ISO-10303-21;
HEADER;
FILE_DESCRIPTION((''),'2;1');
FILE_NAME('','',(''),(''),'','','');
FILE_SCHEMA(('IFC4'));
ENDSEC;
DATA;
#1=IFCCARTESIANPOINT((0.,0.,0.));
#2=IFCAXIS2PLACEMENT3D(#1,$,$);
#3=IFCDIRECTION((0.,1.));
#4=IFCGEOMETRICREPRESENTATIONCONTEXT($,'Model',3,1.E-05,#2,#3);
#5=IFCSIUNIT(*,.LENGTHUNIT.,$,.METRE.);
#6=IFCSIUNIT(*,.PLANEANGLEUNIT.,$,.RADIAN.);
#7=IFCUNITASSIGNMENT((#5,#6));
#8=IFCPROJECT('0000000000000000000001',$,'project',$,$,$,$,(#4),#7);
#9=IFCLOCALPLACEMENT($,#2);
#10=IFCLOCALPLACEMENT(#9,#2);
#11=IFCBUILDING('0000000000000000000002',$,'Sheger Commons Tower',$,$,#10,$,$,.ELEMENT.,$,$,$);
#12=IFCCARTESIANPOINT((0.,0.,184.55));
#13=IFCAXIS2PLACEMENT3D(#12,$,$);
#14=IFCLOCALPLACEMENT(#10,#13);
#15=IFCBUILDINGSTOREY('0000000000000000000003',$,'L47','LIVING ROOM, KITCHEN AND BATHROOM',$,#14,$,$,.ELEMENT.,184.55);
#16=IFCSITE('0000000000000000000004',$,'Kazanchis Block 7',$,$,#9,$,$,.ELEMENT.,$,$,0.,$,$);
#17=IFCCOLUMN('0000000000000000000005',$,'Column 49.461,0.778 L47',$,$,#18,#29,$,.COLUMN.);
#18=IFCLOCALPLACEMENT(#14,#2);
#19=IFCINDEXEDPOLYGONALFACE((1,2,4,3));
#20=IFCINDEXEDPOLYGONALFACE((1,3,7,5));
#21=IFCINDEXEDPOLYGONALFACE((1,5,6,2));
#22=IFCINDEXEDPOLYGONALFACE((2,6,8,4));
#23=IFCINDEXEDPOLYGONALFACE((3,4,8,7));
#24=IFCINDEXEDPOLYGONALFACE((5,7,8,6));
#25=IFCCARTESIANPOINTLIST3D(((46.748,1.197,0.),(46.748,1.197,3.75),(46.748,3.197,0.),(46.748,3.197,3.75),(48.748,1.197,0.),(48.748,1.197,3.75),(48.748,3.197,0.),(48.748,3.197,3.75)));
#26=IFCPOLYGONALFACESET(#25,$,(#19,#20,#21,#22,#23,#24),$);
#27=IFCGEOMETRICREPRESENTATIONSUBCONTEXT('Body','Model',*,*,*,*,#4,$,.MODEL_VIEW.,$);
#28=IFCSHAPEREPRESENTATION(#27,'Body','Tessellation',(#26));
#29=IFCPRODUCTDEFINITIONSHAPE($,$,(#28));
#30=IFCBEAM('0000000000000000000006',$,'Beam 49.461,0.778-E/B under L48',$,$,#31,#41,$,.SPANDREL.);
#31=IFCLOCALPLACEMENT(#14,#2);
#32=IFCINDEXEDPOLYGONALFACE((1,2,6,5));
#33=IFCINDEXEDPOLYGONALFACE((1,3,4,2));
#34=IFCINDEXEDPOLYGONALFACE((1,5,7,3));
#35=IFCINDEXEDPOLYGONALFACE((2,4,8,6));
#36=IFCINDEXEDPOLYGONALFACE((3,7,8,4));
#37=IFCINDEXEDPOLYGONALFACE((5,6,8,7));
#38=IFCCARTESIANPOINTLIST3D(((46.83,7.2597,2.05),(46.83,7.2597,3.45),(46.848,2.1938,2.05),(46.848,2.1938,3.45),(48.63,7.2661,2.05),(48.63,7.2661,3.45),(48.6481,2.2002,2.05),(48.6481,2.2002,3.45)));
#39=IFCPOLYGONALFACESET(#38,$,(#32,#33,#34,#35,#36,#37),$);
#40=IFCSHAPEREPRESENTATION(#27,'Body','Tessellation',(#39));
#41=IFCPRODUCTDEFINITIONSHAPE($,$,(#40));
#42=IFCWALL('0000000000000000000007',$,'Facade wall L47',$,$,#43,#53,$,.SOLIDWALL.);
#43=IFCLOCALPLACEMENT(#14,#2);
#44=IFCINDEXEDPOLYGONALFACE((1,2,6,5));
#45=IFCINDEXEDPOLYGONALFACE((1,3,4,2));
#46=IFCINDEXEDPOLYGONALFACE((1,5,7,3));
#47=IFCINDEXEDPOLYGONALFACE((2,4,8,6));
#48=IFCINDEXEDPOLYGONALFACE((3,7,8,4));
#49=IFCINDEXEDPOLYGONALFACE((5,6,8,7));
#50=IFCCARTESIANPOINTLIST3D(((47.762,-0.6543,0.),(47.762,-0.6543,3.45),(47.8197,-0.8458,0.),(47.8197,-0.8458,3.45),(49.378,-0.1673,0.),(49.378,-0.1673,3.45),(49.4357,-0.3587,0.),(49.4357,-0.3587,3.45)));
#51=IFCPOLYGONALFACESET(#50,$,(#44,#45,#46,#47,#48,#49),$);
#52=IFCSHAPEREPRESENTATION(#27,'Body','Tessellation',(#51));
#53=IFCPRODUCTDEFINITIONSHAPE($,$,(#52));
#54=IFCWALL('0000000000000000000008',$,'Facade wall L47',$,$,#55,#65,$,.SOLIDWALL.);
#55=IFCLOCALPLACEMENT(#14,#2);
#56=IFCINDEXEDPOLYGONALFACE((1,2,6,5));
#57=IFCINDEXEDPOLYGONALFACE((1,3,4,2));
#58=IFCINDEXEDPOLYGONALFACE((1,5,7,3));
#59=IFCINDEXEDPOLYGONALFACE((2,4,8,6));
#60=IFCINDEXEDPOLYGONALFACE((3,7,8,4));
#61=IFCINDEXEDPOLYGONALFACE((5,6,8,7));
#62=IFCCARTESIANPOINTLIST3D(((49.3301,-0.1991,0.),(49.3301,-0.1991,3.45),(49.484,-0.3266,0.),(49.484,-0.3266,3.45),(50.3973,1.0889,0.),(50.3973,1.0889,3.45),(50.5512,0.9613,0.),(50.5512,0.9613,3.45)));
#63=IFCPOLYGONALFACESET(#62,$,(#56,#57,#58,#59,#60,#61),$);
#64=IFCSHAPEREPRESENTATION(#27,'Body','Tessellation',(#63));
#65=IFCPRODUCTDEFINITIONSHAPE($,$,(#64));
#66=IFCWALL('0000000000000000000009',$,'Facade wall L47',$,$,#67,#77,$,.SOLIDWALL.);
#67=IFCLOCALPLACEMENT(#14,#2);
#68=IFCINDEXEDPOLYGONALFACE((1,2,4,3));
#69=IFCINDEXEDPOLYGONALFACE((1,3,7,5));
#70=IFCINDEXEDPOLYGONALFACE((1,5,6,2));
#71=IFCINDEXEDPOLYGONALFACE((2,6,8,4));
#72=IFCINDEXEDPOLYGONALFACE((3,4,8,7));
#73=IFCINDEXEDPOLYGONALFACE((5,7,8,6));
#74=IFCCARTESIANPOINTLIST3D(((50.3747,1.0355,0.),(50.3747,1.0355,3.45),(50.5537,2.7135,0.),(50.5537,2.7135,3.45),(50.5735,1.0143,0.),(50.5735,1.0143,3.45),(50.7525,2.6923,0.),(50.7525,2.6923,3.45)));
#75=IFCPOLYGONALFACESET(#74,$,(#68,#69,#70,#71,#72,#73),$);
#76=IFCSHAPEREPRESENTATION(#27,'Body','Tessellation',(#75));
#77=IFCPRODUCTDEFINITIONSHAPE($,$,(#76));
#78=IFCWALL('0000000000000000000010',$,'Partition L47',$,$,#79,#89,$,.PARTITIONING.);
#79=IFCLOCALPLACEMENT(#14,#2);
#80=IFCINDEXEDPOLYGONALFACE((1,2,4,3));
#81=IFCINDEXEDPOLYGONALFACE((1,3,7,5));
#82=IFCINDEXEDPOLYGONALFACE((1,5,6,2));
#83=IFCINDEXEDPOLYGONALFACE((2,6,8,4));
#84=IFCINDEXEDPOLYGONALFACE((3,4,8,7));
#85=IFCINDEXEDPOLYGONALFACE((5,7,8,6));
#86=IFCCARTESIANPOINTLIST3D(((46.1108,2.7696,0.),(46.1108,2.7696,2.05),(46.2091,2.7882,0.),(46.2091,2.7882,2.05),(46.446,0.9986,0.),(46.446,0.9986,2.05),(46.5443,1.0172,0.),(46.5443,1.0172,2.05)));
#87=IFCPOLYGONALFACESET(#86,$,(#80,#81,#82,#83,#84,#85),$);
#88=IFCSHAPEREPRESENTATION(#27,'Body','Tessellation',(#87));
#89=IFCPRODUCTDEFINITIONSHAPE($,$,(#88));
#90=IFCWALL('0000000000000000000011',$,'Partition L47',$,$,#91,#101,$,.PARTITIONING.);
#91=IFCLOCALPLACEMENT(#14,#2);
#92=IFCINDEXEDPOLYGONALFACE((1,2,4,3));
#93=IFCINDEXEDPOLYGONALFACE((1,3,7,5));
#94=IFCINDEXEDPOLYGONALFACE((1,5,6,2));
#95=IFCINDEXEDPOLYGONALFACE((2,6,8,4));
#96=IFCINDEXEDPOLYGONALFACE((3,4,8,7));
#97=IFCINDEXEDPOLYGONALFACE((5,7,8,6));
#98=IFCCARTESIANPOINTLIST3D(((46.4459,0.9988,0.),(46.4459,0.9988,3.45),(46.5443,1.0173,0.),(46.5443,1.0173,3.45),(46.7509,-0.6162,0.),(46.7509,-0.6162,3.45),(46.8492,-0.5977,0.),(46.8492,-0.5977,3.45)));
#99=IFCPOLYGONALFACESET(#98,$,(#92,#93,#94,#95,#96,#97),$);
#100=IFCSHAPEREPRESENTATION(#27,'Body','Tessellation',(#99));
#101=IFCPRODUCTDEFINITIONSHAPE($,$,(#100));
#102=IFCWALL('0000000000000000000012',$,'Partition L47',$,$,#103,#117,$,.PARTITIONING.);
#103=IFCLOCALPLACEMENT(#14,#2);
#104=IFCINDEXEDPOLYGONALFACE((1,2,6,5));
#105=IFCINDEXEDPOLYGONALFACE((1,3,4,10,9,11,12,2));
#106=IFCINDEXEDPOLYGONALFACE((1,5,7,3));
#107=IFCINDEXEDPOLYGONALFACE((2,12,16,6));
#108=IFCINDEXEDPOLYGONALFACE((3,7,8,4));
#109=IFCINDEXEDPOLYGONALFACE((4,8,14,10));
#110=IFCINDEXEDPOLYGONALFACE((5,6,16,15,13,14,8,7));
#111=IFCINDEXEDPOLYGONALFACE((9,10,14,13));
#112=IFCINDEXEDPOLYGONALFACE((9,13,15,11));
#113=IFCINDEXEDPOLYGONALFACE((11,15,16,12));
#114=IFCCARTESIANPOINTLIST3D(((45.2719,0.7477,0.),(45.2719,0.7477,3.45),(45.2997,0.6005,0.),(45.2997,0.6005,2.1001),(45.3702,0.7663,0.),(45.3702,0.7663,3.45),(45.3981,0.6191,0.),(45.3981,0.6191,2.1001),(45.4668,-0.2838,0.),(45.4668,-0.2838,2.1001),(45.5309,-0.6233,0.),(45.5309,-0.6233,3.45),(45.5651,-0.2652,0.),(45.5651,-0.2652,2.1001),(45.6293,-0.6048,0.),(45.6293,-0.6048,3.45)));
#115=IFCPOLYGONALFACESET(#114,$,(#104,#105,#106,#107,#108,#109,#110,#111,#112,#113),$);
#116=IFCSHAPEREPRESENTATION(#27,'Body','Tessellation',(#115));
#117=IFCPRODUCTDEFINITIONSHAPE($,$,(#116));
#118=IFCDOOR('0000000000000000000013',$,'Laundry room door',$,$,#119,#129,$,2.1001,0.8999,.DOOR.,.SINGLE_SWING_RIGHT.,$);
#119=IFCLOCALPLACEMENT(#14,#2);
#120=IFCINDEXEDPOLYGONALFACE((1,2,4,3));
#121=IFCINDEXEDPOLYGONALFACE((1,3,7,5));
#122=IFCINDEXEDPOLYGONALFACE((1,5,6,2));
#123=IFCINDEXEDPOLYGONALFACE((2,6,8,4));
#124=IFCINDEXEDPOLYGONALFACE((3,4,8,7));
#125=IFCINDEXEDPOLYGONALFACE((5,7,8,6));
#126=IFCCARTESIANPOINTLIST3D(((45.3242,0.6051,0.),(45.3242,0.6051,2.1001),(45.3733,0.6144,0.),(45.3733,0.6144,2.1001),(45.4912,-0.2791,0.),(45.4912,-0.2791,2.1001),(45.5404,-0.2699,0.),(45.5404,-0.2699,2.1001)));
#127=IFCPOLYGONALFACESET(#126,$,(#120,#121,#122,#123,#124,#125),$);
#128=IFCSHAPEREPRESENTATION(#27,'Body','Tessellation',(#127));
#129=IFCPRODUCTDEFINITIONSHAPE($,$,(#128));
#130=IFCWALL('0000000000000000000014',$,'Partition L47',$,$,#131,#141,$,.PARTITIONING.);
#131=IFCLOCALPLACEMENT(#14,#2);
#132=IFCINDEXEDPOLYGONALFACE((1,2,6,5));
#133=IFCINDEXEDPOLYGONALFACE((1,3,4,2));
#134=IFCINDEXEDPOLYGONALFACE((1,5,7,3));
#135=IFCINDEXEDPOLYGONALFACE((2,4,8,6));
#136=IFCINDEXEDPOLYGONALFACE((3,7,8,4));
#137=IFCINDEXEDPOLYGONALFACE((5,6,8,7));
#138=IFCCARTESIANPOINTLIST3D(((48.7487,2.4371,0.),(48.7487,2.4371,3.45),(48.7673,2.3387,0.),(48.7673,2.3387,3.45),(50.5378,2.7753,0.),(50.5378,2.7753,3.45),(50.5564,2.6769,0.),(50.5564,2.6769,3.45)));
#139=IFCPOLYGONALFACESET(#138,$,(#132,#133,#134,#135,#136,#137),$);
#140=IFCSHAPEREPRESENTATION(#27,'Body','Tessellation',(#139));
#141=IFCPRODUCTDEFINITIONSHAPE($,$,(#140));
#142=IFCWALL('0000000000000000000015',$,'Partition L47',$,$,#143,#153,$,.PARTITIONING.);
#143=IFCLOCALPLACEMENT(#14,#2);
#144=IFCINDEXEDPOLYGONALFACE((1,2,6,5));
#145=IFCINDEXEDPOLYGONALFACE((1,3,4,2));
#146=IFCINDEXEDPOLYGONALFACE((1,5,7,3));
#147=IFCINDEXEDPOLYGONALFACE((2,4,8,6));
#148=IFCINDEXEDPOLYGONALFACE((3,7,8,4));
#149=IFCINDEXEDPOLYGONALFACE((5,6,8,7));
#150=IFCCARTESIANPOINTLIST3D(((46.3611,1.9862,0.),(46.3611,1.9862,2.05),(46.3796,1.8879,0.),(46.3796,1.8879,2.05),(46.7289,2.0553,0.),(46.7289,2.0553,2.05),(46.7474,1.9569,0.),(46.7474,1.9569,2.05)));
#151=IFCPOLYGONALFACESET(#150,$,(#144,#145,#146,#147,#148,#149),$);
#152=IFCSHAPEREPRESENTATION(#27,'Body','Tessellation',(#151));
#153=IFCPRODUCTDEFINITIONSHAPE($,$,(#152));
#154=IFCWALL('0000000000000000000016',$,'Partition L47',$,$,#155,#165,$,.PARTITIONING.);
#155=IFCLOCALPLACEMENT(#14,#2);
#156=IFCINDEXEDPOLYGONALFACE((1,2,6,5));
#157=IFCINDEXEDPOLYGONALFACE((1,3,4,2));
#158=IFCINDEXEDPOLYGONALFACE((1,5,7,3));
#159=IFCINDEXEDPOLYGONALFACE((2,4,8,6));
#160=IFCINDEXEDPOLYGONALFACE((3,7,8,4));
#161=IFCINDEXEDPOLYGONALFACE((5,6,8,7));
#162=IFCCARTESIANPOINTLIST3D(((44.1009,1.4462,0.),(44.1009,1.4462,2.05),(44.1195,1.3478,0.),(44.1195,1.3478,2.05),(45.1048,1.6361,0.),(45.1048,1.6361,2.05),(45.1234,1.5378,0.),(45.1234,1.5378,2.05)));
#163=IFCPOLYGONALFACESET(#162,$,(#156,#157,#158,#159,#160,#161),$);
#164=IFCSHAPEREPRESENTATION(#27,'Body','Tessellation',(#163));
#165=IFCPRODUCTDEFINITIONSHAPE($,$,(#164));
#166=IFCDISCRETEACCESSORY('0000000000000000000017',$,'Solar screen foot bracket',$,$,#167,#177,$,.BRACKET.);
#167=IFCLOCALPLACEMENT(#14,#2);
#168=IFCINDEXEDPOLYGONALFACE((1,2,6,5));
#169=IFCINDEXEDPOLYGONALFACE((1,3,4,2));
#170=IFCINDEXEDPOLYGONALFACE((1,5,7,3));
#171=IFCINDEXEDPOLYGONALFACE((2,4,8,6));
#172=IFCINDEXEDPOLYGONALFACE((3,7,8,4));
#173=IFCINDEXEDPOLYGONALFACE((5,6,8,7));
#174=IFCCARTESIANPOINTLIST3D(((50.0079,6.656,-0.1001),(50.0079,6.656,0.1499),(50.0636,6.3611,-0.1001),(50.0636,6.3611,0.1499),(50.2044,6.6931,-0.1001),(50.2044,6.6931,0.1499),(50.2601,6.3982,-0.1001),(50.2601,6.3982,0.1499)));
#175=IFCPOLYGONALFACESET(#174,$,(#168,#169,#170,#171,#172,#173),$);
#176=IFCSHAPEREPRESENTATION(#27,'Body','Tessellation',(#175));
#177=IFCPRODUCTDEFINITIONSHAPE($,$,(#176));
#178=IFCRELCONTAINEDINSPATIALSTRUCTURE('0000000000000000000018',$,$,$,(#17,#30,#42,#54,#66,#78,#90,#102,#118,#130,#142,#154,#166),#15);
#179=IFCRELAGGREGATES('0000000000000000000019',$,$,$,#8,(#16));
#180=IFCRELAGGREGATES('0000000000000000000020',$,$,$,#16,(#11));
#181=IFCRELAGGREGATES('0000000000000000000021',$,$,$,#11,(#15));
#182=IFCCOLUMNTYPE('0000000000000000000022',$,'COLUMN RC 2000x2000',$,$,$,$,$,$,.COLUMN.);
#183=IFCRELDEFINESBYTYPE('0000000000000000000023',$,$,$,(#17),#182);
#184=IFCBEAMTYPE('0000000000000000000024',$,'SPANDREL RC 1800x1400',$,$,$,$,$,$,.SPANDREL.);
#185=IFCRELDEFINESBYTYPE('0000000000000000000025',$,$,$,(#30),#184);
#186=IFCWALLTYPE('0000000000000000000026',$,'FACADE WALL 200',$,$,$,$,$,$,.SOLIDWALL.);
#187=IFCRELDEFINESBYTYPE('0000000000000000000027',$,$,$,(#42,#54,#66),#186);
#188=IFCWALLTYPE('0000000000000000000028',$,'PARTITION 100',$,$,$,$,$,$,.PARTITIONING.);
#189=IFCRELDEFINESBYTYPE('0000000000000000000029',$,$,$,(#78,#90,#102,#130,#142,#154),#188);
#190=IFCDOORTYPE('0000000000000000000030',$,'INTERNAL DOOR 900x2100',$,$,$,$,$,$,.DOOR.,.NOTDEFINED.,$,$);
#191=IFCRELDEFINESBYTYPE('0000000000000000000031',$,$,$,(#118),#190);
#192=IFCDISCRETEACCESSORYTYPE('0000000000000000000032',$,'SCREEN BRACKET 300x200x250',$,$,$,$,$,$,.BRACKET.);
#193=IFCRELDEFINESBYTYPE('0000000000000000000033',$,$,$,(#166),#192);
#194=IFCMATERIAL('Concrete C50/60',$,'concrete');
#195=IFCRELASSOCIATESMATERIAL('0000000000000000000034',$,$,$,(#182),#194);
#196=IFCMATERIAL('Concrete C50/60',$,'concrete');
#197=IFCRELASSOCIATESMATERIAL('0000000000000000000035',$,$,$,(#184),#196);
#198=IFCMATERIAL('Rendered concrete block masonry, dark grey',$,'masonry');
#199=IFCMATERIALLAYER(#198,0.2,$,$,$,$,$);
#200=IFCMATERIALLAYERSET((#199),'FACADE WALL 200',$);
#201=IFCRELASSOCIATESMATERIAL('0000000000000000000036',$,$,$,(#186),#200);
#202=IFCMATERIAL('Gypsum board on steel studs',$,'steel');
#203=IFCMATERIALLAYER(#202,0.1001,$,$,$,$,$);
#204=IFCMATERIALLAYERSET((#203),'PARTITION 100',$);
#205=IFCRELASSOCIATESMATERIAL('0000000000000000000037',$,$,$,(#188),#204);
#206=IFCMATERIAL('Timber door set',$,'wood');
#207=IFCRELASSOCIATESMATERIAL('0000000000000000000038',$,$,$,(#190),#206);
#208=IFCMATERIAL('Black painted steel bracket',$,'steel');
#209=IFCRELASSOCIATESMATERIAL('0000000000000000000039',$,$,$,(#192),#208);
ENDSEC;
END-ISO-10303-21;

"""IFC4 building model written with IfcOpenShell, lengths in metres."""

from ifc_helpers import new_model, si_unit, direction, frame, frame_2d, origin, origin_2d, place, context, subcontext, project, spatial, rectangle, extrude, material, layer, layer_set, material_profile, profile_set, type_object, element, fill, save


model = new_model("IFC4")

# Units and contexts
model_context = context("Model", 3, precision=1e-05, world=origin(), true_north=direction((0.0, 1.0)))
body_context = subcontext(model_context, "Body", "Model", "MODEL_VIEW")
ifc_project = project(units=[si_unit("LENGTHUNIT", "METRE"), si_unit("PLANEANGLEUNIT", "RADIAN")], contexts=[model_context])

# Site, building, storey
site_placement = place(None, origin())
site = spatial("IfcSite", under=ifc_project, at=site_placement, Name="Kazanchis Block 7", CompositionType="ELEMENT", RefElevation=0.0)
building_placement = place(site_placement, origin())
building = spatial("IfcBuilding", under=site, at=building_placement, Name="Sheger Commons Tower", CompositionType="ELEMENT")
storey_placement = place(building_placement, frame((0.0, 0.0, 184.55)))
storey = spatial("IfcBuildingStorey", under=building, at=storey_placement, Name="L47", Description="LIVING ROOM, KITCHEN AND BATHROOM", CompositionType="ELEMENT", Elevation=184.55)

# Column
ifc_material_1 = material(Name="Concrete C50/60", Category="concrete")
ifc_material_profile_1 = material_profile(ifc_material_1, rectangle(XDim=2.0, YDim=2.0, at=origin_2d()), Name="RC 2000x2000")
ifc_profile_set_1 = profile_set([ifc_material_profile_1], Name="Concrete C50/60")
column_type = type_object("IfcColumnType", Name="COLUMN RC 2000x2000", PredefinedType="COLUMN", material=ifc_profile_set_1)
column_placement = place(storey_placement, frame((47.748, 2.197, 0.0), z_axis=(0.0, 0.0, 1.0), x_axis=(1.0, 0.0, 0.0)))
element("IfcColumn", 1, at=column_placement, inside=storey, type_object=column_type, Name="Column 49.461,0.778 L47", PredefinedType="COLUMN", context=body_context, shape_type="SweptSolid", body=[
    extrude(rectangle(XDim=2.0, YDim=2.0, at=origin_2d()), origin(), (0.0, 0.0, 1.0), 3.75),
])

# Beam
ifc_material_2 = material(Name="Concrete C50/60", Category="concrete")
ifc_material_profile_2 = material_profile(ifc_material_2, rectangle(XDim=1.8, YDim=1.3999, at=origin_2d()), Name="RC 1800x1400")
ifc_profile_set_2 = profile_set([ifc_material_profile_2], Name="Concrete C50/60")
beam_type = type_object("IfcBeamType", Name="SPANDREL RC 1800x1400", PredefinedType="SPANDREL", material=ifc_profile_set_2)
beam_placement = place(storey_placement, frame((47.748, 2.197, 2.75), z_axis=(-0.003566, 0.999994, 0.0), x_axis=(-0.999994, -0.003566, 0.0)))
element("IfcBeam", 2, at=beam_placement, inside=storey, type_object=beam_type, Name="Beam 49.461,0.778-E/B under L48", PredefinedType="SPANDREL", context=body_context, shape_type="SweptSolid", body=[
    extrude(rectangle(XDim=1.8, YDim=1.3999, at=origin_2d()), origin(), (0.0, 0.0, 1.0), 5.0659),
])

# Walls
ifc_material_3 = material(Name="Rendered concrete block masonry, dark grey", Category="masonry")
ifc_layer_1 = layer(ifc_material_3, 0.2)
ifc_layer_set_1 = layer_set([ifc_layer_1], Name="FACADE WALL 200")
wall_type_1 = type_object("IfcWallType", Name="FACADE WALL 200", PredefinedType="SOLIDWALL", material=ifc_layer_set_1)
wall_1_placement = place(storey_placement, frame((47.791, -0.75, 0.0), z_axis=(0.0, 0.0, 1.0), x_axis=(0.957455, 0.288582, 0.0)))
element("IfcWall", 3, at=wall_1_placement, inside=storey, type_object=wall_type_1, Name="Facade wall L47", PredefinedType="SOLIDWALL", context=body_context, shape_type="SweptSolid", body=[
    extrude(rectangle(XDim=1.6877, YDim=0.2, at=frame_2d((0.8438, 0.0))), origin(), (0.0, 0.0, 1.0), 3.45),
])
wall_2_placement = place(storey_placement, frame((49.407, -0.2629, 0.0), z_axis=(0.0, 0.0, 1.0), x_axis=(0.638043, 0.770001, 0.0)))
element("IfcWall", 4, at=wall_2_placement, inside=storey, type_object=wall_type_1, Name="Facade wall L47", PredefinedType="SOLIDWALL", context=body_context, shape_type="SweptSolid", body=[
    extrude(rectangle(XDim=1.6726, YDim=0.2, at=frame_2d((0.8364, 0.0))), origin(), (0.0, 0.0, 1.0), 3.45),
])
wall_3_placement = place(storey_placement, frame((50.4741, 1.0249, 0.0), z_axis=(0.0, 0.0, 1.0), x_axis=(0.106048, 0.994361, 0.0)))
element("IfcWall", 5, at=wall_3_placement, inside=storey, type_object=wall_type_1, Name="Facade wall L47", PredefinedType="SOLIDWALL", context=body_context, shape_type="SweptSolid", body=[
    extrude(rectangle(XDim=1.6875, YDim=0.2, at=frame_2d((0.8438, 0.0))), origin(), (0.0, 0.0, 1.0), 3.45),
])

# Walls
ifc_material_4 = material(Name="Gypsum board on steel studs", Category="steel")
ifc_layer_2 = layer(ifc_material_4, 0.1001)
ifc_layer_set_2 = layer_set([ifc_layer_2], Name="PARTITION 100")
wall_type_2 = type_object("IfcWallType", Name="PARTITION 100", PredefinedType="PARTITIONING", material=ifc_layer_set_2)
wall_4_placement = place(storey_placement, frame((46.1599, 2.7791, 0.0), z_axis=(0.0, 0.0, 1.0), x_axis=(0.185973, -0.982555, 0.0)))
element("IfcWall", 6, at=wall_4_placement, inside=storey, type_object=wall_type_2, Name="Partition L47", PredefinedType="PARTITIONING", context=body_context, shape_type="SweptSolid", body=[
    extrude(rectangle(XDim=1.8025, YDim=0.1001, at=frame_2d((0.9014, 0.0))), origin(), (0.0, 0.0, 1.0), 2.05),
])
wall_5_placement = place(storey_placement, frame((46.4951, 1.0081, 0.0), z_axis=(0.0, 0.0, 1.0), x_axis=(0.185535, -0.982638, 0.0)))
element("IfcWall", 7, at=wall_5_placement, inside=storey, type_object=wall_type_2, Name="Partition L47", PredefinedType="PARTITIONING", context=body_context, shape_type="SweptSolid", body=[
    extrude(rectangle(XDim=1.6436, YDim=0.1001, at=frame_2d((0.8218, 0.0))), origin(), (0.0, 0.0, 1.0), 3.45),
])

# Wall, opening, door
wall_6_placement = place(storey_placement, frame((45.321, 0.7571, 0.0), z_axis=(0.0, 0.0, 1.0), x_axis=(0.185641, -0.982618, 0.0)))
wall_6 = element("IfcWall", 8, at=wall_6_placement, inside=storey, type_object=wall_type_2, Name="Partition L47", PredefinedType="PARTITIONING", context=body_context, shape_type="SweptSolid", body=[
    extrude(rectangle(XDim=1.3953, YDim=0.1001, at=frame_2d((0.6978, 0.0))), origin(), (0.0, 0.0, 1.0), 3.45),
])
opening_1_placement = place(wall_6_placement, frame((0.1499, 0.0, 0.0)))
opening_1 = element("IfcOpeningElement", 9, at=opening_1_placement, cuts=wall_6, PredefinedType="OPENING", context=body_context, shape_type="SweptSolid", body=[
    extrude(rectangle(XDim=0.8999, YDim=2.1001, at=frame_2d((0.45, 1.05))), frame((0.0, 0.0601, 0.0), z_axis=(0.0, -1.0, 0.0), x_axis=(1.0, 0.0, 0.0)), (0.0, 0.0, 1.0), 0.1201),
])
ifc_material_5 = material(Name="Timber door set", Category="wood")
door_type = type_object("IfcDoorType", Name="INTERNAL DOOR 900x2100", OperationType="NOTDEFINED", PredefinedType="DOOR", material=ifc_material_5)
door_placement = place(opening_1_placement, origin())
door = element("IfcDoor", 10, at=door_placement, inside=storey, type_object=door_type, Name="Laundry room door", OperationType="SINGLE_SWING_RIGHT", OverallHeight=2.1001, OverallWidth=0.8999, PredefinedType="DOOR", context=body_context, shape_type="SweptSolid", body=[
    extrude(rectangle(XDim=0.8999, YDim=2.1001, at=frame_2d((0.45, 1.05))), frame((0.0, 0.0249, 0.0), z_axis=(0.0, -1.0, 0.0), x_axis=(1.0, 0.0, 0.0)), (0.0, 0.0, 1.0), 0.05),
])
fill(opening_1, door)

# Walls
wall_7_placement = place(storey_placement, frame((50.5471, 2.7261, 0.0), z_axis=(0.0, 0.0, 1.0), x_axis=(-0.982604, -0.185713, 0.0)))
element("IfcWall", 11, at=wall_7_placement, inside=storey, type_object=wall_type_2, Name="Partition L47", PredefinedType="PARTITIONING", context=body_context, shape_type="SweptSolid", body=[
    extrude(rectangle(XDim=1.8208, YDim=0.1001, at=frame_2d((0.9104, 0.0))), origin(), (0.0, 0.0, 1.0), 3.45),
])
wall_8_placement = place(storey_placement, frame((46.738, 2.0061, 0.0), z_axis=(0.0, 0.0, 1.0), x_axis=(-0.98282, -0.184564, 0.0)))
element("IfcWall", 12, at=wall_8_placement, inside=storey, type_object=wall_type_2, Name="Partition L47", PredefinedType="PARTITIONING", context=body_context, shape_type="SweptSolid", body=[
    extrude(rectangle(XDim=0.3743, YDim=0.1001, at=frame_2d((0.187, 0.0))), origin(), (0.0, 0.0, 1.0), 2.05),
])
wall_9_placement = place(storey_placement, frame((45.114, 1.5869, 0.0), z_axis=(0.0, 0.0, 1.0), x_axis=(-0.982568, -0.185904, 0.0)))
element("IfcWall", 13, at=wall_9_placement, inside=storey, type_object=wall_type_2, Name="Partition L47", PredefinedType="PARTITIONING", context=body_context, shape_type="SweptSolid", body=[
    extrude(rectangle(XDim=1.0217, YDim=0.1001, at=frame_2d((0.5107, 0.0))), origin(), (0.0, 0.0, 1.0), 2.05),
])

# Discrete accessory
ifc_material_6 = material(Name="Black painted steel bracket", Category="steel")
discrete_accessory_type = type_object("IfcDiscreteAccessoryType", Name="SCREEN BRACKET 300x200x250", PredefinedType="BRACKET", material=ifc_material_6)
for number, where, z_axis, x_axis, name in (
    (14, (50.134, 6.5271, -0.1001), (0.0, 0.0, 1.0), (-0.185615, 0.982623, 0.0), "Solar screen foot bracket"),
):
    element("IfcDiscreteAccessory", number, at=place(storey_placement, frame(where, z_axis=z_axis, x_axis=x_axis)), inside=storey, type_object=discrete_accessory_type, Name=name, PredefinedType="BRACKET", context=body_context, shape_type="SweptSolid", body=[
        extrude(rectangle(XDim=0.3, YDim=0.2, at=origin_2d()), origin(), (0.0, 0.0, 1.0), 0.25),
    ])

save(model, "model.ifc")
